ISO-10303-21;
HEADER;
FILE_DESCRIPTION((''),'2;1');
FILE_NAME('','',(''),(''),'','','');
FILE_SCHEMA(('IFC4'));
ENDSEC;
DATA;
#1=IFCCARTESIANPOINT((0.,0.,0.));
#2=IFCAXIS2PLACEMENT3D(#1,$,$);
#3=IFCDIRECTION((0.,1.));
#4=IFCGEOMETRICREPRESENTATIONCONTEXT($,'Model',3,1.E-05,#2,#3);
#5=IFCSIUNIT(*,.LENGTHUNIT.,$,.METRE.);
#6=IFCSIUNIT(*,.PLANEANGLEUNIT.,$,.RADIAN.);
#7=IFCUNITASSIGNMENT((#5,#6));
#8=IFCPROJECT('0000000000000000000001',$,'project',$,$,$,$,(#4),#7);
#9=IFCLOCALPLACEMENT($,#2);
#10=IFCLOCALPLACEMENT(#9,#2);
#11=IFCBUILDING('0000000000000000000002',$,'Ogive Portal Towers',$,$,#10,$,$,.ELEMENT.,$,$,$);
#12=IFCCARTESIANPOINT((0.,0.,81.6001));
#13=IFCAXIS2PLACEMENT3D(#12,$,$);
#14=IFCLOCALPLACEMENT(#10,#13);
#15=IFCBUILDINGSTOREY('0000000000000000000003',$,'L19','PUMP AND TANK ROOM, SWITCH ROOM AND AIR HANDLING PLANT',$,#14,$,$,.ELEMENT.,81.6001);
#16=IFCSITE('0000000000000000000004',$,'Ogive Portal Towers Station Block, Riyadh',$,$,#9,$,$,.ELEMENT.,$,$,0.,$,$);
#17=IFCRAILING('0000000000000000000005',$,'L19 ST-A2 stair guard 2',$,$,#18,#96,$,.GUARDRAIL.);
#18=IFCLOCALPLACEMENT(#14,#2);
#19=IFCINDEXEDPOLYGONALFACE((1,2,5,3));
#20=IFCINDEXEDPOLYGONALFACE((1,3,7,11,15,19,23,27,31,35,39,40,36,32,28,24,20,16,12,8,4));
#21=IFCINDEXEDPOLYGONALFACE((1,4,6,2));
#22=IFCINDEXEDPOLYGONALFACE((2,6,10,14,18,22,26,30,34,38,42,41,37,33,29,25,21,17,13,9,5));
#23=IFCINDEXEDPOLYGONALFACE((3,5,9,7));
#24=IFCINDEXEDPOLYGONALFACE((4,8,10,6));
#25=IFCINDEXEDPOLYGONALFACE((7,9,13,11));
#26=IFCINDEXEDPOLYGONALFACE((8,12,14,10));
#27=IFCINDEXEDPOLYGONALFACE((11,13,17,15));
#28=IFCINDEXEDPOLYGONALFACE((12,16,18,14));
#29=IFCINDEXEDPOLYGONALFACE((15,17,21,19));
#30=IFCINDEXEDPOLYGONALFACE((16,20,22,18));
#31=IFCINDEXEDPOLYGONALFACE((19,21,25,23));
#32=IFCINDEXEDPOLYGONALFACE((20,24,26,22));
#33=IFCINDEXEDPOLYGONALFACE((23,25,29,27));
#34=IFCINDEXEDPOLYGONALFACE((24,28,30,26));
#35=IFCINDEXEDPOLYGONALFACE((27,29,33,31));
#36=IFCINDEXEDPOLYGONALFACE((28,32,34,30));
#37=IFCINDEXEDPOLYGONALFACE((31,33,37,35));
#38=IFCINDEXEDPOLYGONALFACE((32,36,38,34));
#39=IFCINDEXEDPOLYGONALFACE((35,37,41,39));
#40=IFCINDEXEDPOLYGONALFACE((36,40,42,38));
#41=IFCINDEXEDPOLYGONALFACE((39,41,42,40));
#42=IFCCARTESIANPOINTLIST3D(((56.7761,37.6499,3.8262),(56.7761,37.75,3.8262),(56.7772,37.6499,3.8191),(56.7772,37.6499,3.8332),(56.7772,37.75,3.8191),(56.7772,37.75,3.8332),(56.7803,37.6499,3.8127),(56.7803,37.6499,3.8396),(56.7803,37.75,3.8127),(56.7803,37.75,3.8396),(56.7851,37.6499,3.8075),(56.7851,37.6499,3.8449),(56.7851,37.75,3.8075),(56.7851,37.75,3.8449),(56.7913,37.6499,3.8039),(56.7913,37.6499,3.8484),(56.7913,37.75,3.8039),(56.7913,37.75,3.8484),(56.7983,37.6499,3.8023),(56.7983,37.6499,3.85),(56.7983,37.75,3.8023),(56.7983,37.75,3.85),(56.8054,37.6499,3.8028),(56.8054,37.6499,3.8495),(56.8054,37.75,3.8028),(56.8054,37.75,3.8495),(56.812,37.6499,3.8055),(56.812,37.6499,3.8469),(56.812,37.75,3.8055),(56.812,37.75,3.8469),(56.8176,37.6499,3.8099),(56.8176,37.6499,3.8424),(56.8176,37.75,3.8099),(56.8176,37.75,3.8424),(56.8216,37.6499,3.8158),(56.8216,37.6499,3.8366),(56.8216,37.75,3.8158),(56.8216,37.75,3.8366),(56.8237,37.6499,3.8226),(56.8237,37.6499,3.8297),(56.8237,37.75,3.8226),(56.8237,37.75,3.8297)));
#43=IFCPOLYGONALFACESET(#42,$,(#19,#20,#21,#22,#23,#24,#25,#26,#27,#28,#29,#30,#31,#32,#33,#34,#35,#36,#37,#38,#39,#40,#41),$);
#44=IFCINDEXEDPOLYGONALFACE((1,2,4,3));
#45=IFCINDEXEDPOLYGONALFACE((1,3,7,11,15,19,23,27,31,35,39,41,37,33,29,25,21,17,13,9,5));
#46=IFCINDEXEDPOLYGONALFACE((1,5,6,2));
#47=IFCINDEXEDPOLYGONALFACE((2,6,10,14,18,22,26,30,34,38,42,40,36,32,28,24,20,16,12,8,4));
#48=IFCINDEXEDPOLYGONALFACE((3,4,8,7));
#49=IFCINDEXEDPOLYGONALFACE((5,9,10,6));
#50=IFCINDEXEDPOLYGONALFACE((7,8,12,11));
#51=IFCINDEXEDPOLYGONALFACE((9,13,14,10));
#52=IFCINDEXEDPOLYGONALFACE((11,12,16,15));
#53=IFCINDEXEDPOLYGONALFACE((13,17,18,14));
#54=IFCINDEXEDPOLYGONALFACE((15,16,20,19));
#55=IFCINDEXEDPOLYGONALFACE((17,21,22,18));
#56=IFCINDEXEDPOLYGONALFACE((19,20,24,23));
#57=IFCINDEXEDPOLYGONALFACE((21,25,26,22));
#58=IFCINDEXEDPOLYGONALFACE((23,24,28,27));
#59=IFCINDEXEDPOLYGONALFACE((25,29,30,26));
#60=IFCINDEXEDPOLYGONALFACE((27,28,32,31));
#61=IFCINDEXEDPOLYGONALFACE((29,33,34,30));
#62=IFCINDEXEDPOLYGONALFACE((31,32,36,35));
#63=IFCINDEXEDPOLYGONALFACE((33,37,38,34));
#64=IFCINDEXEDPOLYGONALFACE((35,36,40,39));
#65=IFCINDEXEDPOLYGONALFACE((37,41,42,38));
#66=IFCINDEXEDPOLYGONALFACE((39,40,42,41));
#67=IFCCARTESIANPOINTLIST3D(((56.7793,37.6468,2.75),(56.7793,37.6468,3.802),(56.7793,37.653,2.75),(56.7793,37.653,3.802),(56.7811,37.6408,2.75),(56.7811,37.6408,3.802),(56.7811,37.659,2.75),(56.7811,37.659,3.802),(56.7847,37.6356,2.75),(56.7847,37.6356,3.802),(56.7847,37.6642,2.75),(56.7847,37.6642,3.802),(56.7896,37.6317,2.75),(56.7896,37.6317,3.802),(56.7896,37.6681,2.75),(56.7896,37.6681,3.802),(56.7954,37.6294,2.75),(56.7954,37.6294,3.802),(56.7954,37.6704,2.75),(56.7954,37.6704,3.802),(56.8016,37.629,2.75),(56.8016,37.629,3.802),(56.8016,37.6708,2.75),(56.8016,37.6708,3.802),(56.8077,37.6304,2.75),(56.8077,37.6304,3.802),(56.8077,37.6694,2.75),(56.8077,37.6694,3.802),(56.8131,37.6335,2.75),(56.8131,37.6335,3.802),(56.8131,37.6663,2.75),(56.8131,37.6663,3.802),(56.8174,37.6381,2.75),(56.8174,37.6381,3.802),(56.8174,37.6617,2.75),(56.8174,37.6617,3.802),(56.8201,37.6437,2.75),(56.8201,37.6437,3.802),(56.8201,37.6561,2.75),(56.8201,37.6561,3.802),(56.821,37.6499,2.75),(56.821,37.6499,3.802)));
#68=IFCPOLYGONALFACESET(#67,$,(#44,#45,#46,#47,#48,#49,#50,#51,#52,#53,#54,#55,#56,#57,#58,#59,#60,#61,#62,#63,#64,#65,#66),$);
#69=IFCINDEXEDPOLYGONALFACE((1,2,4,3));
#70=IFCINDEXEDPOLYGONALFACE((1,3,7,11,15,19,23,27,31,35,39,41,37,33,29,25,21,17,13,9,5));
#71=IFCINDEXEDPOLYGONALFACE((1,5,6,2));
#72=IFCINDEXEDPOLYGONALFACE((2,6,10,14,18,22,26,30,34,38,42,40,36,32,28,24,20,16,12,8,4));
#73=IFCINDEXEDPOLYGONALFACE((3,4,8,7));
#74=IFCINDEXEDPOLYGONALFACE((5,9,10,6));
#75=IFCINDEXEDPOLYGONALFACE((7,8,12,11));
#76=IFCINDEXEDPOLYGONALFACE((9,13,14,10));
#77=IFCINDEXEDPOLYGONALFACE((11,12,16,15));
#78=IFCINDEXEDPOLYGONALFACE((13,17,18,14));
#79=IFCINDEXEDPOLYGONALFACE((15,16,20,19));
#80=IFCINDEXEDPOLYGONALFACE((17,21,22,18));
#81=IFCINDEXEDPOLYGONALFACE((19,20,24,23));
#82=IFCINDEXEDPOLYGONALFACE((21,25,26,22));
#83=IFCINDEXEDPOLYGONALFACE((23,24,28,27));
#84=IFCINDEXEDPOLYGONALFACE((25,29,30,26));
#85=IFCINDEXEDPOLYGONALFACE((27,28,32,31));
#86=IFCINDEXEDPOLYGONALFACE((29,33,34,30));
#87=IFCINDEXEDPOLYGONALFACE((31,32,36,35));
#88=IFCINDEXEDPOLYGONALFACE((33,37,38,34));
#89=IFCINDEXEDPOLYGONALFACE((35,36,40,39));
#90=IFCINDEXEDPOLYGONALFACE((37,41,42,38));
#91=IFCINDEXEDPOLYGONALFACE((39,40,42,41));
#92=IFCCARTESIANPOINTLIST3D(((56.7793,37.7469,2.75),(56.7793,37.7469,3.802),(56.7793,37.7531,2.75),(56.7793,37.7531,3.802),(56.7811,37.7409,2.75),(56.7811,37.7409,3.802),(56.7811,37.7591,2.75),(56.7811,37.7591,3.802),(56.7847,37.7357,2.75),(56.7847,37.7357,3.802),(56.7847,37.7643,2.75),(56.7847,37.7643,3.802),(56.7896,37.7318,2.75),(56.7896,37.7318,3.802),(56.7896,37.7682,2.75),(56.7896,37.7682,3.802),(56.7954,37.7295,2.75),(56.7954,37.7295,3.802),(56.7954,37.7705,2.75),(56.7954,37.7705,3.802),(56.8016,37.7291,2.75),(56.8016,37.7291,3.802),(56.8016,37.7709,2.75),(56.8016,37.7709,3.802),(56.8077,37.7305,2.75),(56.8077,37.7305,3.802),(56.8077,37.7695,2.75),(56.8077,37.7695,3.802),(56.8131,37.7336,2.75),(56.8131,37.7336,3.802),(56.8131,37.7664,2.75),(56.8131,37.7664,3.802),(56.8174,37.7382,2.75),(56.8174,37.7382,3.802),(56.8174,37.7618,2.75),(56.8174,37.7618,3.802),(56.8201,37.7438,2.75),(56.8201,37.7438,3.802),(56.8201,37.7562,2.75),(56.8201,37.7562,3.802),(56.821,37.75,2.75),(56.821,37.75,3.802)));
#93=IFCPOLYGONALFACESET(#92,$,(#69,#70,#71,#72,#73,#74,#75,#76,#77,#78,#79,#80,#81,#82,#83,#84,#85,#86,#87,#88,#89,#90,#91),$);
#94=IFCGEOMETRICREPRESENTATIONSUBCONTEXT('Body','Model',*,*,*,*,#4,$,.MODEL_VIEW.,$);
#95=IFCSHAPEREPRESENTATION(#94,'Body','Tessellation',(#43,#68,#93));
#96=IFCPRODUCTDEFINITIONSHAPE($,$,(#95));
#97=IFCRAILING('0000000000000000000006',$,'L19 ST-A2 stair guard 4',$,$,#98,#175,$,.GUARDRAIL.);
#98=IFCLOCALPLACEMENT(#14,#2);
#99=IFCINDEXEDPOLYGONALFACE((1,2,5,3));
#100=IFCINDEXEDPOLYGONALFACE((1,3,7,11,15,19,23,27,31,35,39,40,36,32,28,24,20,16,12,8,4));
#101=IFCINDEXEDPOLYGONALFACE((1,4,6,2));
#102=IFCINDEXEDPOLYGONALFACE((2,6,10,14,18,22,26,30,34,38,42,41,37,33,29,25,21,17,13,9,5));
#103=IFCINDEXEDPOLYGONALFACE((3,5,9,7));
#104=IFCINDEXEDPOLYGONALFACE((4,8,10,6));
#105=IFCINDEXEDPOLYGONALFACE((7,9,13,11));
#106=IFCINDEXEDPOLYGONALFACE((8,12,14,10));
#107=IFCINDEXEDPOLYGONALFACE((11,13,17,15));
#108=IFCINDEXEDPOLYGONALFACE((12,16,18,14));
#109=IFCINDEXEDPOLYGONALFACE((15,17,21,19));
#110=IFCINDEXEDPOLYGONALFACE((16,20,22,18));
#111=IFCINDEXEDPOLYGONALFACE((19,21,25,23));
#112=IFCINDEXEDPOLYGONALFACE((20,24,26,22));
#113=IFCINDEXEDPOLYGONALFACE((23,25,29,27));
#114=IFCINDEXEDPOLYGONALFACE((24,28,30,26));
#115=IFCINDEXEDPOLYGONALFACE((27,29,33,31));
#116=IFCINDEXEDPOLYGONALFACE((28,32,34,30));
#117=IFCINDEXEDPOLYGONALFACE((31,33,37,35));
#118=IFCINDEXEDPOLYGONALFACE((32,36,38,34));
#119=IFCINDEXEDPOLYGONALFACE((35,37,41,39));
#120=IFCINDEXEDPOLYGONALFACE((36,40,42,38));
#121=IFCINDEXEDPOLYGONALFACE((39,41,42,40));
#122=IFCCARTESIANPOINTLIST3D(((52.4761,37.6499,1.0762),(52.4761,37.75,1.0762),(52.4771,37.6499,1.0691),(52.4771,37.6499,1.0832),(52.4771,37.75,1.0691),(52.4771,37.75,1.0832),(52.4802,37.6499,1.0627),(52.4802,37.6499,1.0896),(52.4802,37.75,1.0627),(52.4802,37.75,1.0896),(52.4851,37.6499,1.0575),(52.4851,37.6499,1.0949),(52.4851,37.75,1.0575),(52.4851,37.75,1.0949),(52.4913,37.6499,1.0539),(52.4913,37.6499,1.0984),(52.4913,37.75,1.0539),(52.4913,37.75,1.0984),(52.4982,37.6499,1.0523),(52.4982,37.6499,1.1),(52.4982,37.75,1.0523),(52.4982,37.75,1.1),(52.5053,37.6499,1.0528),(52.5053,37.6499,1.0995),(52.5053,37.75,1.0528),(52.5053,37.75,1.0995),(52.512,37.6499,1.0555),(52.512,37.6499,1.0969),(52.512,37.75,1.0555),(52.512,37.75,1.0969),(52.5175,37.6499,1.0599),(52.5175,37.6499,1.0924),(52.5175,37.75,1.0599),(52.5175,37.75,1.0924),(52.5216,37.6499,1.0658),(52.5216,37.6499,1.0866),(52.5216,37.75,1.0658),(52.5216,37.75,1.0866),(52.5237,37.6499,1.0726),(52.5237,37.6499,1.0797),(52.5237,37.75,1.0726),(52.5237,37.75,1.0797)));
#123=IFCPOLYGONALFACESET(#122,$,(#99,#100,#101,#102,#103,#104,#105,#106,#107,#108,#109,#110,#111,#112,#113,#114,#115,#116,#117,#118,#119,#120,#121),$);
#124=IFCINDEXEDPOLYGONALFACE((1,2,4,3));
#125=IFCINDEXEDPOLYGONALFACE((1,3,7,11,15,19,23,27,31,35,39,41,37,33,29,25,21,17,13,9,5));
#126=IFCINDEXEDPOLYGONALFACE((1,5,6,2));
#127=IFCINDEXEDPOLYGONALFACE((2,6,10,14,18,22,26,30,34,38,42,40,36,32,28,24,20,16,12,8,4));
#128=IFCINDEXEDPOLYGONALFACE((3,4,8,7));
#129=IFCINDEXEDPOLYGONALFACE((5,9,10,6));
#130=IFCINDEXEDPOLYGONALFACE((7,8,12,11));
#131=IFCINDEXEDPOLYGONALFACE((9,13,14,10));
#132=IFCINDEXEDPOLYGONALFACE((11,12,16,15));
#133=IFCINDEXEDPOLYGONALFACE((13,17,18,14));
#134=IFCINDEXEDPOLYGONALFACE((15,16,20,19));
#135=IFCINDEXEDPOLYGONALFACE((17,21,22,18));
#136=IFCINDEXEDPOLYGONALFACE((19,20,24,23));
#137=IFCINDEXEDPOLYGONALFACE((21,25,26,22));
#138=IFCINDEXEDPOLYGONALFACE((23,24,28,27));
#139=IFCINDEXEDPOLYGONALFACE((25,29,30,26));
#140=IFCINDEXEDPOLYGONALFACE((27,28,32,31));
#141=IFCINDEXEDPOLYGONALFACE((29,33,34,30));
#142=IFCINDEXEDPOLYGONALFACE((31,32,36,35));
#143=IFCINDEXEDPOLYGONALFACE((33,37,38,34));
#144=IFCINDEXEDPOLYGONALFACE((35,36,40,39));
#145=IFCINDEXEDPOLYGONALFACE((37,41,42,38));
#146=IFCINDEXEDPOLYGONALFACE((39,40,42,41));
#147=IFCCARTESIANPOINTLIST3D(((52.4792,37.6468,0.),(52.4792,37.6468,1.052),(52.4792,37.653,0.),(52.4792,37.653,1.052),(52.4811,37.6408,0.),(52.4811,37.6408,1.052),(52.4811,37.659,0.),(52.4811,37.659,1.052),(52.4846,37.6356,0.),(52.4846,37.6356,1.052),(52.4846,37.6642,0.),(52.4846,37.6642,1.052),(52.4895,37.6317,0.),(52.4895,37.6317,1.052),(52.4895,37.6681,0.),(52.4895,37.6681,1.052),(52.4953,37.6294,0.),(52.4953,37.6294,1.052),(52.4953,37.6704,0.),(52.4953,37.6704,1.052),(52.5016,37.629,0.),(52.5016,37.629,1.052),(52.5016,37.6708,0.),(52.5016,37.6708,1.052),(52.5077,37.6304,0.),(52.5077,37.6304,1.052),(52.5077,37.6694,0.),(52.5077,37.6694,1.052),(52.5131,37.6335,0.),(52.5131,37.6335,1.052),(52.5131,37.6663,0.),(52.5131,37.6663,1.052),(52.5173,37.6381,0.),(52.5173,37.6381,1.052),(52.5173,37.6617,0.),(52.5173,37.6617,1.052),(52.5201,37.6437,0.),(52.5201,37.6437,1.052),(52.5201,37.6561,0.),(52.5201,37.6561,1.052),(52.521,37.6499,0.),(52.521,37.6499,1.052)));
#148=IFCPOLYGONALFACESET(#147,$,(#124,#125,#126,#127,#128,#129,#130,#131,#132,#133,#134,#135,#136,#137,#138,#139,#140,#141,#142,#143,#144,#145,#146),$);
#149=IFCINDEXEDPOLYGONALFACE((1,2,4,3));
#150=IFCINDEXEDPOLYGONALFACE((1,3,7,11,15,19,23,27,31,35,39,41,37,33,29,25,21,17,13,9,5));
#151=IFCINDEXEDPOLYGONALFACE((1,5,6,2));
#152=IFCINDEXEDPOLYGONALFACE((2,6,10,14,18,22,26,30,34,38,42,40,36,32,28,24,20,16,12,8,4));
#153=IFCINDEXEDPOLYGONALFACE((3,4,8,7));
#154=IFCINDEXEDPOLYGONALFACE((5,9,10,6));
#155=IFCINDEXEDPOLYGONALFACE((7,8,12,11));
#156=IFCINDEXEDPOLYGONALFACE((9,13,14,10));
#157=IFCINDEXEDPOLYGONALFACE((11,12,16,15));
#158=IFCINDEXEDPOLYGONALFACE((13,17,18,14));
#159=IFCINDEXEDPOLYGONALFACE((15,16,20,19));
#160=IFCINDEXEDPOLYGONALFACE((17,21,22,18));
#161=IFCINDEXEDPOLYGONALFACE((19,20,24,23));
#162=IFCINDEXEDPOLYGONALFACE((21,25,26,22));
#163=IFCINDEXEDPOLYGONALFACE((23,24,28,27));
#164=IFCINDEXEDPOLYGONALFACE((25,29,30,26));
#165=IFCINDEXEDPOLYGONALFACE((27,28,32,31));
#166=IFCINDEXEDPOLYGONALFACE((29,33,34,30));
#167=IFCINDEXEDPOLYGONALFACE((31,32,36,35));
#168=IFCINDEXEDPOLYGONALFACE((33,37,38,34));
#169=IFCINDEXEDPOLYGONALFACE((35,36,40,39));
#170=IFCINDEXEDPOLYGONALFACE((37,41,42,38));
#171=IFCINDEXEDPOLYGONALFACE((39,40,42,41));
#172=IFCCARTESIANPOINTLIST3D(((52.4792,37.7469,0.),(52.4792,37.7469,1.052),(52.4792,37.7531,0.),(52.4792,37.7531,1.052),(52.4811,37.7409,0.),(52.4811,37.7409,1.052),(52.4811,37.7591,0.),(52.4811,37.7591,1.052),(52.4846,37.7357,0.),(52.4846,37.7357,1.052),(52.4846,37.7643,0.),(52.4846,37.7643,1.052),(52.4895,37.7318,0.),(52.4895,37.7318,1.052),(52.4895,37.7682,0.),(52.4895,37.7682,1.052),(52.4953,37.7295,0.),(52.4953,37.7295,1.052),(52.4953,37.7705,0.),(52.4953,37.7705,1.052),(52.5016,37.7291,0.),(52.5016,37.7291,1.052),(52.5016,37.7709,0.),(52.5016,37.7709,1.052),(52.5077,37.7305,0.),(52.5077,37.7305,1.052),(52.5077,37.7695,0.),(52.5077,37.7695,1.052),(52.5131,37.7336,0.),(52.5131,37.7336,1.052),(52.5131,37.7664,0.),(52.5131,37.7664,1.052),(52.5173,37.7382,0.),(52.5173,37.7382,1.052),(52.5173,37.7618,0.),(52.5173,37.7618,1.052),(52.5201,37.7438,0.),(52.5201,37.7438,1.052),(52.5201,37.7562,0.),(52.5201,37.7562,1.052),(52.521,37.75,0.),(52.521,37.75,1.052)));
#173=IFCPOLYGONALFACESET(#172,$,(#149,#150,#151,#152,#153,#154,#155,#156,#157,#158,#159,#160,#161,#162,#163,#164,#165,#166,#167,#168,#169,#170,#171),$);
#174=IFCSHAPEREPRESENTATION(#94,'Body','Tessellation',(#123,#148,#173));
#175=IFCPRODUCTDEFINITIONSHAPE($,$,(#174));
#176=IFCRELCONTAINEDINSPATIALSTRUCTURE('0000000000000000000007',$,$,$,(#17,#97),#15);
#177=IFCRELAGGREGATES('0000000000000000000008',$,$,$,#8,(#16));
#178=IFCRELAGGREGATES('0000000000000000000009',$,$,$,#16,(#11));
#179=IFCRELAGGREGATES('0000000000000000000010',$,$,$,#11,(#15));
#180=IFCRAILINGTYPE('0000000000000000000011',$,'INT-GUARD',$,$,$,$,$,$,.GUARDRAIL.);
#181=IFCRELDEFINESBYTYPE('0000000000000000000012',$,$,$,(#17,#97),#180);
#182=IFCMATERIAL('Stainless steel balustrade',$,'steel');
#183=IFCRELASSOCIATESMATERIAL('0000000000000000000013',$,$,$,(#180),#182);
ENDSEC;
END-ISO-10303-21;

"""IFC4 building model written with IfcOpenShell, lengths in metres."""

from ifc_helpers import new_model, si_unit, direction, frame, origin, origin_2d, place, context, subcontext, project, spatial, circle, extrude, material, type_object, element, save


model = new_model("IFC4")

# Units and contexts
model_context = context("Model", 3, precision=1e-05, world=origin(), true_north=direction((0.0, 1.0)))
body_context = subcontext(model_context, "Body", "Model", "MODEL_VIEW")
ifc_project = project(units=[si_unit("LENGTHUNIT", "METRE"), si_unit("PLANEANGLEUNIT", "RADIAN")], contexts=[model_context])

# Site, building, storey
site_placement = place(None, origin())
site = spatial("IfcSite", under=ifc_project, at=site_placement, Name="Ogive Portal Towers Station Block, Riyadh", CompositionType="ELEMENT", RefElevation=0.0)
building_placement = place(site_placement, origin())
building = spatial("IfcBuilding", under=site, at=building_placement, Name="Ogive Portal Towers", CompositionType="ELEMENT")
storey_placement = place(building_placement, frame((0.0, 0.0, 81.6001)))
storey = spatial("IfcBuildingStorey", under=building, at=storey_placement, Name="L19", Description="PUMP AND TANK ROOM, SWITCH ROOM AND AIR HANDLING PLANT", CompositionType="ELEMENT", Elevation=81.6001)

# Railings
ifc_material_1 = material(Name="Stainless steel balustrade", Category="steel")
railing_type_1 = type_object("IfcRailingType", Name="INT-GUARD", PredefinedType="GUARDRAIL", material=ifc_material_1)
for number, where, name in (
    (1, (56.8, 37.6499, 2.75), "L19 ST-A2 stair guard 2"),
    (2, (52.5, 37.6499, 0.0), "L19 ST-A2 stair guard 4"),
):
    element("IfcRailing", number, at=place(storey_placement, frame(where)), inside=storey, type_object=railing_type_1, Name=name, PredefinedType="GUARDRAIL", context=body_context, shape_type="SweptSolid", body=[
        extrude(circle(Radius=0.0239, at=origin_2d()), frame((0.0, 0.0, 1.0762), z_axis=(0.0, 1.0, 0.0), x_axis=(-1.0, 0.0, 0.0)), (0.0, 0.0, 1.0), 0.1001),
        extrude(circle(Radius=0.021, at=origin_2d()), origin(), (0.0, 0.0, 1.0), 1.052),
        extrude(circle(Radius=0.021, at=origin_2d()), frame((0.0, 0.1001, 0.0)), (0.0, 0.0, 1.0), 1.052),
    ])

save(model, "model.ifc")
